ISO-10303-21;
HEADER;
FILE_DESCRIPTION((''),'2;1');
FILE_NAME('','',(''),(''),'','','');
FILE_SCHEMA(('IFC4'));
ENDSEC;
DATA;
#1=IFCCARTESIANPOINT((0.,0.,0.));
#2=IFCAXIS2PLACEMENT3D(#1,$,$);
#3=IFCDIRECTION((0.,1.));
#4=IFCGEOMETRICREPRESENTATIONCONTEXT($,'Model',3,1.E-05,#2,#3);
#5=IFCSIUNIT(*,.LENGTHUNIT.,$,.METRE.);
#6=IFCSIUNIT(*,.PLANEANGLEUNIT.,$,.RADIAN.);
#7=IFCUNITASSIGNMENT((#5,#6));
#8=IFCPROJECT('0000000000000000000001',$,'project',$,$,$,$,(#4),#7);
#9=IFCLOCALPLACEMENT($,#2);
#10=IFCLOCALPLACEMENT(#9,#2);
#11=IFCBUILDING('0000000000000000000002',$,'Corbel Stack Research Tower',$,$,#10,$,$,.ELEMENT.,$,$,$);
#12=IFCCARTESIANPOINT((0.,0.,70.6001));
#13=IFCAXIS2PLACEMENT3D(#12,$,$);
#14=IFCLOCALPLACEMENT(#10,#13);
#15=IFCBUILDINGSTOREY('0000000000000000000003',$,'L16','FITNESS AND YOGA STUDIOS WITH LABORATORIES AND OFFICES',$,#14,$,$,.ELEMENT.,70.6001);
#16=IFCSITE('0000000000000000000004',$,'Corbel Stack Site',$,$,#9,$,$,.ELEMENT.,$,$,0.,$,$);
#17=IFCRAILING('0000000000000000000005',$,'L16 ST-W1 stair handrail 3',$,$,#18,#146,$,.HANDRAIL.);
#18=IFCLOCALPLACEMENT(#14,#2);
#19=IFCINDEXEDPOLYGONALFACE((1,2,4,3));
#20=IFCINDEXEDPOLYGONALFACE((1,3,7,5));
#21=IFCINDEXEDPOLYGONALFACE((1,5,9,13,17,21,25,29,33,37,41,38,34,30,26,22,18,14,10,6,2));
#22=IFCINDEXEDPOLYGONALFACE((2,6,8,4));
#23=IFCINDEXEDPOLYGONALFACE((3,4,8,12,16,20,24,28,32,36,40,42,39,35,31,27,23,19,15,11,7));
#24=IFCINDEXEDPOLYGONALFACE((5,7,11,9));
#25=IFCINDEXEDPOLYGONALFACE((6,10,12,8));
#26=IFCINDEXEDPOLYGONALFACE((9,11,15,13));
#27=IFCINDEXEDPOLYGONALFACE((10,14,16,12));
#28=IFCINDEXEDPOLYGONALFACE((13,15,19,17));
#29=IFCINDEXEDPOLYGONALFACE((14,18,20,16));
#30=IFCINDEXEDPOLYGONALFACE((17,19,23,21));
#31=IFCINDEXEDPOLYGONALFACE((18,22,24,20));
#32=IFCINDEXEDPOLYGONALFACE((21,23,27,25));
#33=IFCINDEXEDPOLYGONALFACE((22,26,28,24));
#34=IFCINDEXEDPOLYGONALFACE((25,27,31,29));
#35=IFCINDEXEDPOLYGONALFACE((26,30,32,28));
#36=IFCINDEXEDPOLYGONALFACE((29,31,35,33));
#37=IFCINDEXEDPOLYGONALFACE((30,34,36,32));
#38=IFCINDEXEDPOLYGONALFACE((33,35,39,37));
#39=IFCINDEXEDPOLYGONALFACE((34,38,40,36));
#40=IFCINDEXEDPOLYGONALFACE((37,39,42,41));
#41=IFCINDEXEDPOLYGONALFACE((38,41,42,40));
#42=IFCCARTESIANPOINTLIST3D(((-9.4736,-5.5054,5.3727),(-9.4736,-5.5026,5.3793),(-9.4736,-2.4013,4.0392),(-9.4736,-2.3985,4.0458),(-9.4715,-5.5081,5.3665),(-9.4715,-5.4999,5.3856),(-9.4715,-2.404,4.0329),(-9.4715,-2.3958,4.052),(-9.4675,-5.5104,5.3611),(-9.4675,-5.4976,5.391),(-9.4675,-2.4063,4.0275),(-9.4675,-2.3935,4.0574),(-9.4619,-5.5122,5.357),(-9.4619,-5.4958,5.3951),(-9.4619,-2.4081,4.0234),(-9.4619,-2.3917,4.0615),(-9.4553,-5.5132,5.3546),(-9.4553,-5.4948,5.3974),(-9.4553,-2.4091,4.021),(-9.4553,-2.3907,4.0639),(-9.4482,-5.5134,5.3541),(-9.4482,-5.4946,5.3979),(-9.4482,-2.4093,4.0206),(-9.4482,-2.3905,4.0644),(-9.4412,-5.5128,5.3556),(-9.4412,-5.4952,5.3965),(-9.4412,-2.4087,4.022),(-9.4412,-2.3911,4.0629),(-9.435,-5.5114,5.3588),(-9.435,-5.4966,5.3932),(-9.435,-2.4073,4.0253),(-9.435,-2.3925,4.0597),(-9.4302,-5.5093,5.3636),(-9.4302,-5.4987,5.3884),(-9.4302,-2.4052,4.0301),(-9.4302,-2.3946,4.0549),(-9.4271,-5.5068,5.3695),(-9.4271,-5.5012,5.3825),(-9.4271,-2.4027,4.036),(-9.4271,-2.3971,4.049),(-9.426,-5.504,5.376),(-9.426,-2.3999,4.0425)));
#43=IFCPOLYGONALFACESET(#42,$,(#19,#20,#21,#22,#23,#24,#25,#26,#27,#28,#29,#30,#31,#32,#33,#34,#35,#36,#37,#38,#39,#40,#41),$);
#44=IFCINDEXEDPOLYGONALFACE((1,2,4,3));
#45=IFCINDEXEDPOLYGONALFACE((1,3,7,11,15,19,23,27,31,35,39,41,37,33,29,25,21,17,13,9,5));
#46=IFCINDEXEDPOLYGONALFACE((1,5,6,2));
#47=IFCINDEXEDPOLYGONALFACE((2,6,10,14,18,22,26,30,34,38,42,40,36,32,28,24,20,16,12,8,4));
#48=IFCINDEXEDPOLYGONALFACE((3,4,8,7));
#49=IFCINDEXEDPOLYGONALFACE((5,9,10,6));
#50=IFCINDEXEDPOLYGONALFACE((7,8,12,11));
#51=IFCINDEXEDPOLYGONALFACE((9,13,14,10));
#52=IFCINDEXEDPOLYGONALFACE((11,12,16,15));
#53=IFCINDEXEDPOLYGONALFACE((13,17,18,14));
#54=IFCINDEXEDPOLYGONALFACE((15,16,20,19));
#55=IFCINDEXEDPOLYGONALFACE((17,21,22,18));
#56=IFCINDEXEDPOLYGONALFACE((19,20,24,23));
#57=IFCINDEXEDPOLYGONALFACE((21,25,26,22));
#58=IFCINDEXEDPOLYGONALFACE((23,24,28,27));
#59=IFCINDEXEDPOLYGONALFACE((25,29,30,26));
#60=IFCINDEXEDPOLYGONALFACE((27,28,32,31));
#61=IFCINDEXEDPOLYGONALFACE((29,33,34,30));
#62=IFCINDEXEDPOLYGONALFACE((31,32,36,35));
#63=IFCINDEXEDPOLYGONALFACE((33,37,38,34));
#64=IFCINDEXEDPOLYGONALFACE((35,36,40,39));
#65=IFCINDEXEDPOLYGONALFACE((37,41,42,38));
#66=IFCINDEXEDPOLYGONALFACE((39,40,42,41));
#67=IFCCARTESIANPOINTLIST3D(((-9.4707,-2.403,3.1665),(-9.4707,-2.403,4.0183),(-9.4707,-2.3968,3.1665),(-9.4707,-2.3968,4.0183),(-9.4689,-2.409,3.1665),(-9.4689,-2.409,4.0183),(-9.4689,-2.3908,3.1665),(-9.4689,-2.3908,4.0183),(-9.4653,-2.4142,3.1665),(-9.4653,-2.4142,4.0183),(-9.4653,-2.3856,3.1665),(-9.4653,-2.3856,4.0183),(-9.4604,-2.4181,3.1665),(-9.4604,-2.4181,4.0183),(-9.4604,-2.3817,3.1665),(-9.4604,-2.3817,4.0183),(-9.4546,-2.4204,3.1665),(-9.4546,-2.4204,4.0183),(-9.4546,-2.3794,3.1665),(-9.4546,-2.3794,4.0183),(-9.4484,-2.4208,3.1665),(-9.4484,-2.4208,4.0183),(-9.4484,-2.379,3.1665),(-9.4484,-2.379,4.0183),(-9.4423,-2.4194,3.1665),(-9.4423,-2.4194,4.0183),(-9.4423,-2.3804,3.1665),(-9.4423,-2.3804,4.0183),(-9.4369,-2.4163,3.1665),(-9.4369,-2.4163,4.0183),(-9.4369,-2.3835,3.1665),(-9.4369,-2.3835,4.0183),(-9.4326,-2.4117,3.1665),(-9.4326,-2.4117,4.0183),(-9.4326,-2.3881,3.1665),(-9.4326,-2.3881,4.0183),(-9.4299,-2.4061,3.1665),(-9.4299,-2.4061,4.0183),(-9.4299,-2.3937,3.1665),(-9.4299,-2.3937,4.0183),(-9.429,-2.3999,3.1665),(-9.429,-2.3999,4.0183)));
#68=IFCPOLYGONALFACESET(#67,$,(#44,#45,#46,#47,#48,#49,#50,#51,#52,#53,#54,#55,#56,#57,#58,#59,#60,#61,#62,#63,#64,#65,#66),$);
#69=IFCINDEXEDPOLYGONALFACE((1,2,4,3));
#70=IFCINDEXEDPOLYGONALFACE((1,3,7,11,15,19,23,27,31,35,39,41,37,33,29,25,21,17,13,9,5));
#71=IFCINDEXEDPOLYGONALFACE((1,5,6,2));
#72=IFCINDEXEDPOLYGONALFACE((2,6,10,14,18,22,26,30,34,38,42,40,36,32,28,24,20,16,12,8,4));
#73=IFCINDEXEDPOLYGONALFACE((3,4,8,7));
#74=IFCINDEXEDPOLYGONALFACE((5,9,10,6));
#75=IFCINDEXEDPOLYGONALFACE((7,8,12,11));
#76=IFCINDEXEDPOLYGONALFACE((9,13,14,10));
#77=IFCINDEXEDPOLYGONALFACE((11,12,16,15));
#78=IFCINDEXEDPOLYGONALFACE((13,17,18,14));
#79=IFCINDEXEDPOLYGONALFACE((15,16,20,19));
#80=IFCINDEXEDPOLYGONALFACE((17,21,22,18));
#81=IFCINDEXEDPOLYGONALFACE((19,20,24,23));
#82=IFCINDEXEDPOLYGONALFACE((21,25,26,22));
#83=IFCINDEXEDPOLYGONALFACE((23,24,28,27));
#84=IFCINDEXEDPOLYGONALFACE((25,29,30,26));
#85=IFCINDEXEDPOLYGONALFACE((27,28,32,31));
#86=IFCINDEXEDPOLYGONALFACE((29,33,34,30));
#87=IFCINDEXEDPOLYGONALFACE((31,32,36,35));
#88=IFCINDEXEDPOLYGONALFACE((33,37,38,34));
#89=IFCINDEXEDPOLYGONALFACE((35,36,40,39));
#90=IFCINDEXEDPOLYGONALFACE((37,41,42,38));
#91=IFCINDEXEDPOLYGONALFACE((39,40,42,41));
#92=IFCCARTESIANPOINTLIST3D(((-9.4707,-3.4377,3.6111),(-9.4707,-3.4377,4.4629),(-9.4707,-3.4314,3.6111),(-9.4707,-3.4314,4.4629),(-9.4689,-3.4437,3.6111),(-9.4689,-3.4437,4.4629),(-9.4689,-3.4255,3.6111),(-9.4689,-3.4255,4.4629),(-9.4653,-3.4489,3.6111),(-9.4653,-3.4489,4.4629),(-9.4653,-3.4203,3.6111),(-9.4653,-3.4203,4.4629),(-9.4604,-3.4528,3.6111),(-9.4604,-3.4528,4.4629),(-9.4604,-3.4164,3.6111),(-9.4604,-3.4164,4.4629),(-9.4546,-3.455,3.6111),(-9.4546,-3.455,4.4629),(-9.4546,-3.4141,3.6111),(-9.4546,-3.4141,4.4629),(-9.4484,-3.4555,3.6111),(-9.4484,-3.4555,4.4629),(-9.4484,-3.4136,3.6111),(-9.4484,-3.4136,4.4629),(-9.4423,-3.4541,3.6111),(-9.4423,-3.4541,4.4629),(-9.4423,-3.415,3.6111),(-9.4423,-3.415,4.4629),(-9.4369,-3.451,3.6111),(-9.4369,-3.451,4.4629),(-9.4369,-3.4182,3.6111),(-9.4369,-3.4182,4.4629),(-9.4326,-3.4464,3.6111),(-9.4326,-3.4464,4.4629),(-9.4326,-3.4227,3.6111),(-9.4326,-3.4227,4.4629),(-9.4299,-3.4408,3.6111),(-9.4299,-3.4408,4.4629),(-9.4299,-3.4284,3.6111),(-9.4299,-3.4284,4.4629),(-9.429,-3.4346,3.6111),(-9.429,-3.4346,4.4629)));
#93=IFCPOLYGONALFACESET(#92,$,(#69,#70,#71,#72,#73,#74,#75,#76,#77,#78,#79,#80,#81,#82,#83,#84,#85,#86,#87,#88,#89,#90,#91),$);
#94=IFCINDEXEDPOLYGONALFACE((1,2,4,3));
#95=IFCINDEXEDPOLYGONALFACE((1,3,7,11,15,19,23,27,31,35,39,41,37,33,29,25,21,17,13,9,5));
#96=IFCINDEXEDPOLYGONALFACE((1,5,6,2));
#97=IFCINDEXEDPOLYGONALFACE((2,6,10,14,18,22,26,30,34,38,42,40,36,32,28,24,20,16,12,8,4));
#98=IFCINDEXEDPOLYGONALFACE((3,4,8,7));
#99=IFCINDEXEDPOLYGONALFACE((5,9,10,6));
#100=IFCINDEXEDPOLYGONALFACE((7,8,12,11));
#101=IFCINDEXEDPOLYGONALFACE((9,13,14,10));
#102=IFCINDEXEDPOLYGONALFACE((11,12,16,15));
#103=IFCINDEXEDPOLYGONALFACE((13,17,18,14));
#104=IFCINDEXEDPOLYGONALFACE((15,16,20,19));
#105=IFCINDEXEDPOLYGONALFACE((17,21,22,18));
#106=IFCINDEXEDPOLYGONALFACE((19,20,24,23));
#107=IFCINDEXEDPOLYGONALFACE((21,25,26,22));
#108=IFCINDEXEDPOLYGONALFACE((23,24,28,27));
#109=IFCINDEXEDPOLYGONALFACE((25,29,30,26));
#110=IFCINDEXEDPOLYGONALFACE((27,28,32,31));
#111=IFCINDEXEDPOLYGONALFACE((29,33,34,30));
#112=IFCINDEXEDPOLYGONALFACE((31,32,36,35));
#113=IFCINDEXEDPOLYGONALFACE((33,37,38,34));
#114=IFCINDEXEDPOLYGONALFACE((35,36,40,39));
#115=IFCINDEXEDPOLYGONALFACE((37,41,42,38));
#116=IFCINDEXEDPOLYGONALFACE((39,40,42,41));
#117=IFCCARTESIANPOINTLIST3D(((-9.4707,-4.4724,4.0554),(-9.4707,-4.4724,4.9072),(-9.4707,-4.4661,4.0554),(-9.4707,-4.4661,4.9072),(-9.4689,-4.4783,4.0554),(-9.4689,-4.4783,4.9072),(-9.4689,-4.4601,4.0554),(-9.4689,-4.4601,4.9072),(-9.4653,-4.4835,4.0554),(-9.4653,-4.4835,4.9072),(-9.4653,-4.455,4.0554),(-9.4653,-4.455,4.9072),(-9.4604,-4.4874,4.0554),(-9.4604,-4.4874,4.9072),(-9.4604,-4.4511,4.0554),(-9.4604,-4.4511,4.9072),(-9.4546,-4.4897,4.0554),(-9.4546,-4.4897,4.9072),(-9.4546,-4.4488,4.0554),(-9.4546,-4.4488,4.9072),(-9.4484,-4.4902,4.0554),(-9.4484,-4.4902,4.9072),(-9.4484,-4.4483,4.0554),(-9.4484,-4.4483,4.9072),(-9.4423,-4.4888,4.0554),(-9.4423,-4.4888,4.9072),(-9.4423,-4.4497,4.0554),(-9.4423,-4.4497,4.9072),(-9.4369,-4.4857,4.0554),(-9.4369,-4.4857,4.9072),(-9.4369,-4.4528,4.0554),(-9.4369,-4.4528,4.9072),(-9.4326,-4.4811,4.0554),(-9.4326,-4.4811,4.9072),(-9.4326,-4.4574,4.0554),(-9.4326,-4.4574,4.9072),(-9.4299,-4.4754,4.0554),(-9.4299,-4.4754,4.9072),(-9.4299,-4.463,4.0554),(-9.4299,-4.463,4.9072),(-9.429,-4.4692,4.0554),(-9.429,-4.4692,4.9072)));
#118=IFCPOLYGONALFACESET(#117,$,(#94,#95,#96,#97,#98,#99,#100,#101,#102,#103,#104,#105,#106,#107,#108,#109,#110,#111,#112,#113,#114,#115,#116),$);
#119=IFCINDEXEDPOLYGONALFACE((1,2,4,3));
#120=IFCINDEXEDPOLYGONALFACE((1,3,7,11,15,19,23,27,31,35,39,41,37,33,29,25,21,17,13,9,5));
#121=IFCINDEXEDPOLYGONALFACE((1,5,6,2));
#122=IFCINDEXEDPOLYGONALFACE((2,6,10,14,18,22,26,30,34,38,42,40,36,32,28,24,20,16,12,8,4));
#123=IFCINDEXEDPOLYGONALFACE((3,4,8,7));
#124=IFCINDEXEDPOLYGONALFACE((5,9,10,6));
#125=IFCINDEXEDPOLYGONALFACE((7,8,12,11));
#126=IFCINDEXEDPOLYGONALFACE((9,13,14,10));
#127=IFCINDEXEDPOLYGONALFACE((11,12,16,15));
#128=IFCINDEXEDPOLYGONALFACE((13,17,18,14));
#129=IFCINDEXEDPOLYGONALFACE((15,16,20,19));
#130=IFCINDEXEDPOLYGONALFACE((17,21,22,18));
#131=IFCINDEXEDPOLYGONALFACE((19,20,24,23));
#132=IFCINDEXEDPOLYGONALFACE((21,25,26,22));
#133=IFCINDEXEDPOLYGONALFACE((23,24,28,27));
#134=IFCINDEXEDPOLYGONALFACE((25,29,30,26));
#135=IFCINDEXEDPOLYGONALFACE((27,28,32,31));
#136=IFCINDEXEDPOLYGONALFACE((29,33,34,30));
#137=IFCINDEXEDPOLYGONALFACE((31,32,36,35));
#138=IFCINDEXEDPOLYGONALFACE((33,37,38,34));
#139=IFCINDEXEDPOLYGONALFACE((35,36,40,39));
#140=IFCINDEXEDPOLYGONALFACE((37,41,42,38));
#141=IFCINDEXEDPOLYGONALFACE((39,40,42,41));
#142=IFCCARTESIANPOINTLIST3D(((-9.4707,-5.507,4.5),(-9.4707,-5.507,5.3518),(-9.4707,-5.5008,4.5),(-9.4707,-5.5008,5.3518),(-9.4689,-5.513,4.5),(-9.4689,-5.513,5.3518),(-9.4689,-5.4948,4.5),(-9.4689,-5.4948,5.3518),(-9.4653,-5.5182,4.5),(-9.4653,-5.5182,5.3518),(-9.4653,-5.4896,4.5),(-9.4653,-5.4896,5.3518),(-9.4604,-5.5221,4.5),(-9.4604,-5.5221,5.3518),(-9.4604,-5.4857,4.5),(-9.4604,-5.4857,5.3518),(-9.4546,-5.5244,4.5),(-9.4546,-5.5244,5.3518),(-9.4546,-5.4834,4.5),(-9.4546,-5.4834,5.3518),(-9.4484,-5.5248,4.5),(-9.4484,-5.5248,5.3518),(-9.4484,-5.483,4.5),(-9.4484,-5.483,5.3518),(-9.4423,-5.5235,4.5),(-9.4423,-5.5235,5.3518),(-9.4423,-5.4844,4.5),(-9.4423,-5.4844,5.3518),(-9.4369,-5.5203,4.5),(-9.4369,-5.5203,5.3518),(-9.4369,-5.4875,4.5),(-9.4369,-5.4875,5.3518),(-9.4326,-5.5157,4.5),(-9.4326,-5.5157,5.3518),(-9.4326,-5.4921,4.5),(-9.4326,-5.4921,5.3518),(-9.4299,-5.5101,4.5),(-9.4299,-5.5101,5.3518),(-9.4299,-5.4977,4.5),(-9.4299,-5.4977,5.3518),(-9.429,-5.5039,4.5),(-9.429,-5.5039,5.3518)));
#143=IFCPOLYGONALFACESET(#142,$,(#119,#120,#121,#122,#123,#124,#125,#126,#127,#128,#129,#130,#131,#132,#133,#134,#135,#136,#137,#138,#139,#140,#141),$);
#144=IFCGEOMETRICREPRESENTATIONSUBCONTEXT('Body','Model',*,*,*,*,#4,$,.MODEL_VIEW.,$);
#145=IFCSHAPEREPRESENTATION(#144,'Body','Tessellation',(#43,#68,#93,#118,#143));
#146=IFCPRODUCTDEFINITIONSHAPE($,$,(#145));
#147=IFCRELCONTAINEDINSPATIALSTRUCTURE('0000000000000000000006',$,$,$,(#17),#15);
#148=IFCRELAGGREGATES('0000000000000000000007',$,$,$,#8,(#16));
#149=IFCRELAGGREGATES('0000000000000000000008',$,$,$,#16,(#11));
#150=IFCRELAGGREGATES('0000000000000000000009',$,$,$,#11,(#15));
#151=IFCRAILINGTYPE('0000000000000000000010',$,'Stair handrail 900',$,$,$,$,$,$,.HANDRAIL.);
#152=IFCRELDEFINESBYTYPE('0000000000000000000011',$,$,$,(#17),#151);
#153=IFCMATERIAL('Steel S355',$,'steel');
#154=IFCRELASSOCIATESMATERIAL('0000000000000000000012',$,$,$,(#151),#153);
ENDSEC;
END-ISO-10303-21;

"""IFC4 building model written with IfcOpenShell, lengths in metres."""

from ifc_helpers import new_model, si_unit, direction, frame, origin, origin_2d, place, context, subcontext, project, spatial, circle, extrude, material, type_object, element, save


model = new_model("IFC4")

# Units and contexts
model_context = context("Model", 3, precision=1e-05, world=origin(), true_north=direction((0.0, 1.0)))
body_context = subcontext(model_context, "Body", "Model", "MODEL_VIEW")
ifc_project = project(units=[si_unit("LENGTHUNIT", "METRE"), si_unit("PLANEANGLEUNIT", "RADIAN")], contexts=[model_context])

# Site, building, storey
site_placement = place(None, origin())
site = spatial("IfcSite", under=ifc_project, at=site_placement, Name="Corbel Stack Site", CompositionType="ELEMENT", RefElevation=0.0)
building_placement = place(site_placement, origin())
building = spatial("IfcBuilding", under=site, at=building_placement, Name="Corbel Stack Research Tower", CompositionType="ELEMENT")
storey_placement = place(building_placement, frame((0.0, 0.0, 70.6001)))
storey = spatial("IfcBuildingStorey", under=building, at=storey_placement, Name="L16", Description="FITNESS AND YOGA STUDIOS WITH LABORATORIES AND OFFICES", CompositionType="ELEMENT", Elevation=70.6001)

# Railing
ifc_material_1 = material(Name="Steel S355", Category="steel")
railing_type = type_object("IfcRailingType", Name="Stair handrail 900", PredefinedType="HANDRAIL", material=ifc_material_1)
for number, where, name in (
    (1, (-9.45, -2.3999, 3.1665), "L16 ST-W1 stair handrail 3"),
):
    element("IfcRailing", number, at=place(storey_placement, frame(where)), inside=storey, type_object=railing_type, Name=name, PredefinedType="HANDRAIL", context=body_context, shape_type="SweptSolid", body=[
        extrude(circle(Radius=0.0239, at=origin_2d()), frame((0.0, 0.0, 0.876), z_axis=(0.0, -0.918801, 0.394722), x_axis=(1.0, 0.0, 0.0)), (0.0, 0.0, 1.0), 3.3784),
        extrude(circle(Radius=0.021, at=origin_2d()), origin(), (0.0, 0.0, 1.0), 0.8518),
        extrude(circle(Radius=0.021, at=origin_2d()), frame((0.0, -1.0347, 0.4446)), (0.0, 0.0, 1.0), 0.8518),
        extrude(circle(Radius=0.021, at=origin_2d()), frame((0.0, -2.0693, 0.8889)), (0.0, 0.0, 1.0), 0.8518),
        extrude(circle(Radius=0.021, at=origin_2d()), frame((0.0, -3.104, 1.3335)), (0.0, 0.0, 1.0), 0.8518),
    ])

save(model, "model.ifc")
